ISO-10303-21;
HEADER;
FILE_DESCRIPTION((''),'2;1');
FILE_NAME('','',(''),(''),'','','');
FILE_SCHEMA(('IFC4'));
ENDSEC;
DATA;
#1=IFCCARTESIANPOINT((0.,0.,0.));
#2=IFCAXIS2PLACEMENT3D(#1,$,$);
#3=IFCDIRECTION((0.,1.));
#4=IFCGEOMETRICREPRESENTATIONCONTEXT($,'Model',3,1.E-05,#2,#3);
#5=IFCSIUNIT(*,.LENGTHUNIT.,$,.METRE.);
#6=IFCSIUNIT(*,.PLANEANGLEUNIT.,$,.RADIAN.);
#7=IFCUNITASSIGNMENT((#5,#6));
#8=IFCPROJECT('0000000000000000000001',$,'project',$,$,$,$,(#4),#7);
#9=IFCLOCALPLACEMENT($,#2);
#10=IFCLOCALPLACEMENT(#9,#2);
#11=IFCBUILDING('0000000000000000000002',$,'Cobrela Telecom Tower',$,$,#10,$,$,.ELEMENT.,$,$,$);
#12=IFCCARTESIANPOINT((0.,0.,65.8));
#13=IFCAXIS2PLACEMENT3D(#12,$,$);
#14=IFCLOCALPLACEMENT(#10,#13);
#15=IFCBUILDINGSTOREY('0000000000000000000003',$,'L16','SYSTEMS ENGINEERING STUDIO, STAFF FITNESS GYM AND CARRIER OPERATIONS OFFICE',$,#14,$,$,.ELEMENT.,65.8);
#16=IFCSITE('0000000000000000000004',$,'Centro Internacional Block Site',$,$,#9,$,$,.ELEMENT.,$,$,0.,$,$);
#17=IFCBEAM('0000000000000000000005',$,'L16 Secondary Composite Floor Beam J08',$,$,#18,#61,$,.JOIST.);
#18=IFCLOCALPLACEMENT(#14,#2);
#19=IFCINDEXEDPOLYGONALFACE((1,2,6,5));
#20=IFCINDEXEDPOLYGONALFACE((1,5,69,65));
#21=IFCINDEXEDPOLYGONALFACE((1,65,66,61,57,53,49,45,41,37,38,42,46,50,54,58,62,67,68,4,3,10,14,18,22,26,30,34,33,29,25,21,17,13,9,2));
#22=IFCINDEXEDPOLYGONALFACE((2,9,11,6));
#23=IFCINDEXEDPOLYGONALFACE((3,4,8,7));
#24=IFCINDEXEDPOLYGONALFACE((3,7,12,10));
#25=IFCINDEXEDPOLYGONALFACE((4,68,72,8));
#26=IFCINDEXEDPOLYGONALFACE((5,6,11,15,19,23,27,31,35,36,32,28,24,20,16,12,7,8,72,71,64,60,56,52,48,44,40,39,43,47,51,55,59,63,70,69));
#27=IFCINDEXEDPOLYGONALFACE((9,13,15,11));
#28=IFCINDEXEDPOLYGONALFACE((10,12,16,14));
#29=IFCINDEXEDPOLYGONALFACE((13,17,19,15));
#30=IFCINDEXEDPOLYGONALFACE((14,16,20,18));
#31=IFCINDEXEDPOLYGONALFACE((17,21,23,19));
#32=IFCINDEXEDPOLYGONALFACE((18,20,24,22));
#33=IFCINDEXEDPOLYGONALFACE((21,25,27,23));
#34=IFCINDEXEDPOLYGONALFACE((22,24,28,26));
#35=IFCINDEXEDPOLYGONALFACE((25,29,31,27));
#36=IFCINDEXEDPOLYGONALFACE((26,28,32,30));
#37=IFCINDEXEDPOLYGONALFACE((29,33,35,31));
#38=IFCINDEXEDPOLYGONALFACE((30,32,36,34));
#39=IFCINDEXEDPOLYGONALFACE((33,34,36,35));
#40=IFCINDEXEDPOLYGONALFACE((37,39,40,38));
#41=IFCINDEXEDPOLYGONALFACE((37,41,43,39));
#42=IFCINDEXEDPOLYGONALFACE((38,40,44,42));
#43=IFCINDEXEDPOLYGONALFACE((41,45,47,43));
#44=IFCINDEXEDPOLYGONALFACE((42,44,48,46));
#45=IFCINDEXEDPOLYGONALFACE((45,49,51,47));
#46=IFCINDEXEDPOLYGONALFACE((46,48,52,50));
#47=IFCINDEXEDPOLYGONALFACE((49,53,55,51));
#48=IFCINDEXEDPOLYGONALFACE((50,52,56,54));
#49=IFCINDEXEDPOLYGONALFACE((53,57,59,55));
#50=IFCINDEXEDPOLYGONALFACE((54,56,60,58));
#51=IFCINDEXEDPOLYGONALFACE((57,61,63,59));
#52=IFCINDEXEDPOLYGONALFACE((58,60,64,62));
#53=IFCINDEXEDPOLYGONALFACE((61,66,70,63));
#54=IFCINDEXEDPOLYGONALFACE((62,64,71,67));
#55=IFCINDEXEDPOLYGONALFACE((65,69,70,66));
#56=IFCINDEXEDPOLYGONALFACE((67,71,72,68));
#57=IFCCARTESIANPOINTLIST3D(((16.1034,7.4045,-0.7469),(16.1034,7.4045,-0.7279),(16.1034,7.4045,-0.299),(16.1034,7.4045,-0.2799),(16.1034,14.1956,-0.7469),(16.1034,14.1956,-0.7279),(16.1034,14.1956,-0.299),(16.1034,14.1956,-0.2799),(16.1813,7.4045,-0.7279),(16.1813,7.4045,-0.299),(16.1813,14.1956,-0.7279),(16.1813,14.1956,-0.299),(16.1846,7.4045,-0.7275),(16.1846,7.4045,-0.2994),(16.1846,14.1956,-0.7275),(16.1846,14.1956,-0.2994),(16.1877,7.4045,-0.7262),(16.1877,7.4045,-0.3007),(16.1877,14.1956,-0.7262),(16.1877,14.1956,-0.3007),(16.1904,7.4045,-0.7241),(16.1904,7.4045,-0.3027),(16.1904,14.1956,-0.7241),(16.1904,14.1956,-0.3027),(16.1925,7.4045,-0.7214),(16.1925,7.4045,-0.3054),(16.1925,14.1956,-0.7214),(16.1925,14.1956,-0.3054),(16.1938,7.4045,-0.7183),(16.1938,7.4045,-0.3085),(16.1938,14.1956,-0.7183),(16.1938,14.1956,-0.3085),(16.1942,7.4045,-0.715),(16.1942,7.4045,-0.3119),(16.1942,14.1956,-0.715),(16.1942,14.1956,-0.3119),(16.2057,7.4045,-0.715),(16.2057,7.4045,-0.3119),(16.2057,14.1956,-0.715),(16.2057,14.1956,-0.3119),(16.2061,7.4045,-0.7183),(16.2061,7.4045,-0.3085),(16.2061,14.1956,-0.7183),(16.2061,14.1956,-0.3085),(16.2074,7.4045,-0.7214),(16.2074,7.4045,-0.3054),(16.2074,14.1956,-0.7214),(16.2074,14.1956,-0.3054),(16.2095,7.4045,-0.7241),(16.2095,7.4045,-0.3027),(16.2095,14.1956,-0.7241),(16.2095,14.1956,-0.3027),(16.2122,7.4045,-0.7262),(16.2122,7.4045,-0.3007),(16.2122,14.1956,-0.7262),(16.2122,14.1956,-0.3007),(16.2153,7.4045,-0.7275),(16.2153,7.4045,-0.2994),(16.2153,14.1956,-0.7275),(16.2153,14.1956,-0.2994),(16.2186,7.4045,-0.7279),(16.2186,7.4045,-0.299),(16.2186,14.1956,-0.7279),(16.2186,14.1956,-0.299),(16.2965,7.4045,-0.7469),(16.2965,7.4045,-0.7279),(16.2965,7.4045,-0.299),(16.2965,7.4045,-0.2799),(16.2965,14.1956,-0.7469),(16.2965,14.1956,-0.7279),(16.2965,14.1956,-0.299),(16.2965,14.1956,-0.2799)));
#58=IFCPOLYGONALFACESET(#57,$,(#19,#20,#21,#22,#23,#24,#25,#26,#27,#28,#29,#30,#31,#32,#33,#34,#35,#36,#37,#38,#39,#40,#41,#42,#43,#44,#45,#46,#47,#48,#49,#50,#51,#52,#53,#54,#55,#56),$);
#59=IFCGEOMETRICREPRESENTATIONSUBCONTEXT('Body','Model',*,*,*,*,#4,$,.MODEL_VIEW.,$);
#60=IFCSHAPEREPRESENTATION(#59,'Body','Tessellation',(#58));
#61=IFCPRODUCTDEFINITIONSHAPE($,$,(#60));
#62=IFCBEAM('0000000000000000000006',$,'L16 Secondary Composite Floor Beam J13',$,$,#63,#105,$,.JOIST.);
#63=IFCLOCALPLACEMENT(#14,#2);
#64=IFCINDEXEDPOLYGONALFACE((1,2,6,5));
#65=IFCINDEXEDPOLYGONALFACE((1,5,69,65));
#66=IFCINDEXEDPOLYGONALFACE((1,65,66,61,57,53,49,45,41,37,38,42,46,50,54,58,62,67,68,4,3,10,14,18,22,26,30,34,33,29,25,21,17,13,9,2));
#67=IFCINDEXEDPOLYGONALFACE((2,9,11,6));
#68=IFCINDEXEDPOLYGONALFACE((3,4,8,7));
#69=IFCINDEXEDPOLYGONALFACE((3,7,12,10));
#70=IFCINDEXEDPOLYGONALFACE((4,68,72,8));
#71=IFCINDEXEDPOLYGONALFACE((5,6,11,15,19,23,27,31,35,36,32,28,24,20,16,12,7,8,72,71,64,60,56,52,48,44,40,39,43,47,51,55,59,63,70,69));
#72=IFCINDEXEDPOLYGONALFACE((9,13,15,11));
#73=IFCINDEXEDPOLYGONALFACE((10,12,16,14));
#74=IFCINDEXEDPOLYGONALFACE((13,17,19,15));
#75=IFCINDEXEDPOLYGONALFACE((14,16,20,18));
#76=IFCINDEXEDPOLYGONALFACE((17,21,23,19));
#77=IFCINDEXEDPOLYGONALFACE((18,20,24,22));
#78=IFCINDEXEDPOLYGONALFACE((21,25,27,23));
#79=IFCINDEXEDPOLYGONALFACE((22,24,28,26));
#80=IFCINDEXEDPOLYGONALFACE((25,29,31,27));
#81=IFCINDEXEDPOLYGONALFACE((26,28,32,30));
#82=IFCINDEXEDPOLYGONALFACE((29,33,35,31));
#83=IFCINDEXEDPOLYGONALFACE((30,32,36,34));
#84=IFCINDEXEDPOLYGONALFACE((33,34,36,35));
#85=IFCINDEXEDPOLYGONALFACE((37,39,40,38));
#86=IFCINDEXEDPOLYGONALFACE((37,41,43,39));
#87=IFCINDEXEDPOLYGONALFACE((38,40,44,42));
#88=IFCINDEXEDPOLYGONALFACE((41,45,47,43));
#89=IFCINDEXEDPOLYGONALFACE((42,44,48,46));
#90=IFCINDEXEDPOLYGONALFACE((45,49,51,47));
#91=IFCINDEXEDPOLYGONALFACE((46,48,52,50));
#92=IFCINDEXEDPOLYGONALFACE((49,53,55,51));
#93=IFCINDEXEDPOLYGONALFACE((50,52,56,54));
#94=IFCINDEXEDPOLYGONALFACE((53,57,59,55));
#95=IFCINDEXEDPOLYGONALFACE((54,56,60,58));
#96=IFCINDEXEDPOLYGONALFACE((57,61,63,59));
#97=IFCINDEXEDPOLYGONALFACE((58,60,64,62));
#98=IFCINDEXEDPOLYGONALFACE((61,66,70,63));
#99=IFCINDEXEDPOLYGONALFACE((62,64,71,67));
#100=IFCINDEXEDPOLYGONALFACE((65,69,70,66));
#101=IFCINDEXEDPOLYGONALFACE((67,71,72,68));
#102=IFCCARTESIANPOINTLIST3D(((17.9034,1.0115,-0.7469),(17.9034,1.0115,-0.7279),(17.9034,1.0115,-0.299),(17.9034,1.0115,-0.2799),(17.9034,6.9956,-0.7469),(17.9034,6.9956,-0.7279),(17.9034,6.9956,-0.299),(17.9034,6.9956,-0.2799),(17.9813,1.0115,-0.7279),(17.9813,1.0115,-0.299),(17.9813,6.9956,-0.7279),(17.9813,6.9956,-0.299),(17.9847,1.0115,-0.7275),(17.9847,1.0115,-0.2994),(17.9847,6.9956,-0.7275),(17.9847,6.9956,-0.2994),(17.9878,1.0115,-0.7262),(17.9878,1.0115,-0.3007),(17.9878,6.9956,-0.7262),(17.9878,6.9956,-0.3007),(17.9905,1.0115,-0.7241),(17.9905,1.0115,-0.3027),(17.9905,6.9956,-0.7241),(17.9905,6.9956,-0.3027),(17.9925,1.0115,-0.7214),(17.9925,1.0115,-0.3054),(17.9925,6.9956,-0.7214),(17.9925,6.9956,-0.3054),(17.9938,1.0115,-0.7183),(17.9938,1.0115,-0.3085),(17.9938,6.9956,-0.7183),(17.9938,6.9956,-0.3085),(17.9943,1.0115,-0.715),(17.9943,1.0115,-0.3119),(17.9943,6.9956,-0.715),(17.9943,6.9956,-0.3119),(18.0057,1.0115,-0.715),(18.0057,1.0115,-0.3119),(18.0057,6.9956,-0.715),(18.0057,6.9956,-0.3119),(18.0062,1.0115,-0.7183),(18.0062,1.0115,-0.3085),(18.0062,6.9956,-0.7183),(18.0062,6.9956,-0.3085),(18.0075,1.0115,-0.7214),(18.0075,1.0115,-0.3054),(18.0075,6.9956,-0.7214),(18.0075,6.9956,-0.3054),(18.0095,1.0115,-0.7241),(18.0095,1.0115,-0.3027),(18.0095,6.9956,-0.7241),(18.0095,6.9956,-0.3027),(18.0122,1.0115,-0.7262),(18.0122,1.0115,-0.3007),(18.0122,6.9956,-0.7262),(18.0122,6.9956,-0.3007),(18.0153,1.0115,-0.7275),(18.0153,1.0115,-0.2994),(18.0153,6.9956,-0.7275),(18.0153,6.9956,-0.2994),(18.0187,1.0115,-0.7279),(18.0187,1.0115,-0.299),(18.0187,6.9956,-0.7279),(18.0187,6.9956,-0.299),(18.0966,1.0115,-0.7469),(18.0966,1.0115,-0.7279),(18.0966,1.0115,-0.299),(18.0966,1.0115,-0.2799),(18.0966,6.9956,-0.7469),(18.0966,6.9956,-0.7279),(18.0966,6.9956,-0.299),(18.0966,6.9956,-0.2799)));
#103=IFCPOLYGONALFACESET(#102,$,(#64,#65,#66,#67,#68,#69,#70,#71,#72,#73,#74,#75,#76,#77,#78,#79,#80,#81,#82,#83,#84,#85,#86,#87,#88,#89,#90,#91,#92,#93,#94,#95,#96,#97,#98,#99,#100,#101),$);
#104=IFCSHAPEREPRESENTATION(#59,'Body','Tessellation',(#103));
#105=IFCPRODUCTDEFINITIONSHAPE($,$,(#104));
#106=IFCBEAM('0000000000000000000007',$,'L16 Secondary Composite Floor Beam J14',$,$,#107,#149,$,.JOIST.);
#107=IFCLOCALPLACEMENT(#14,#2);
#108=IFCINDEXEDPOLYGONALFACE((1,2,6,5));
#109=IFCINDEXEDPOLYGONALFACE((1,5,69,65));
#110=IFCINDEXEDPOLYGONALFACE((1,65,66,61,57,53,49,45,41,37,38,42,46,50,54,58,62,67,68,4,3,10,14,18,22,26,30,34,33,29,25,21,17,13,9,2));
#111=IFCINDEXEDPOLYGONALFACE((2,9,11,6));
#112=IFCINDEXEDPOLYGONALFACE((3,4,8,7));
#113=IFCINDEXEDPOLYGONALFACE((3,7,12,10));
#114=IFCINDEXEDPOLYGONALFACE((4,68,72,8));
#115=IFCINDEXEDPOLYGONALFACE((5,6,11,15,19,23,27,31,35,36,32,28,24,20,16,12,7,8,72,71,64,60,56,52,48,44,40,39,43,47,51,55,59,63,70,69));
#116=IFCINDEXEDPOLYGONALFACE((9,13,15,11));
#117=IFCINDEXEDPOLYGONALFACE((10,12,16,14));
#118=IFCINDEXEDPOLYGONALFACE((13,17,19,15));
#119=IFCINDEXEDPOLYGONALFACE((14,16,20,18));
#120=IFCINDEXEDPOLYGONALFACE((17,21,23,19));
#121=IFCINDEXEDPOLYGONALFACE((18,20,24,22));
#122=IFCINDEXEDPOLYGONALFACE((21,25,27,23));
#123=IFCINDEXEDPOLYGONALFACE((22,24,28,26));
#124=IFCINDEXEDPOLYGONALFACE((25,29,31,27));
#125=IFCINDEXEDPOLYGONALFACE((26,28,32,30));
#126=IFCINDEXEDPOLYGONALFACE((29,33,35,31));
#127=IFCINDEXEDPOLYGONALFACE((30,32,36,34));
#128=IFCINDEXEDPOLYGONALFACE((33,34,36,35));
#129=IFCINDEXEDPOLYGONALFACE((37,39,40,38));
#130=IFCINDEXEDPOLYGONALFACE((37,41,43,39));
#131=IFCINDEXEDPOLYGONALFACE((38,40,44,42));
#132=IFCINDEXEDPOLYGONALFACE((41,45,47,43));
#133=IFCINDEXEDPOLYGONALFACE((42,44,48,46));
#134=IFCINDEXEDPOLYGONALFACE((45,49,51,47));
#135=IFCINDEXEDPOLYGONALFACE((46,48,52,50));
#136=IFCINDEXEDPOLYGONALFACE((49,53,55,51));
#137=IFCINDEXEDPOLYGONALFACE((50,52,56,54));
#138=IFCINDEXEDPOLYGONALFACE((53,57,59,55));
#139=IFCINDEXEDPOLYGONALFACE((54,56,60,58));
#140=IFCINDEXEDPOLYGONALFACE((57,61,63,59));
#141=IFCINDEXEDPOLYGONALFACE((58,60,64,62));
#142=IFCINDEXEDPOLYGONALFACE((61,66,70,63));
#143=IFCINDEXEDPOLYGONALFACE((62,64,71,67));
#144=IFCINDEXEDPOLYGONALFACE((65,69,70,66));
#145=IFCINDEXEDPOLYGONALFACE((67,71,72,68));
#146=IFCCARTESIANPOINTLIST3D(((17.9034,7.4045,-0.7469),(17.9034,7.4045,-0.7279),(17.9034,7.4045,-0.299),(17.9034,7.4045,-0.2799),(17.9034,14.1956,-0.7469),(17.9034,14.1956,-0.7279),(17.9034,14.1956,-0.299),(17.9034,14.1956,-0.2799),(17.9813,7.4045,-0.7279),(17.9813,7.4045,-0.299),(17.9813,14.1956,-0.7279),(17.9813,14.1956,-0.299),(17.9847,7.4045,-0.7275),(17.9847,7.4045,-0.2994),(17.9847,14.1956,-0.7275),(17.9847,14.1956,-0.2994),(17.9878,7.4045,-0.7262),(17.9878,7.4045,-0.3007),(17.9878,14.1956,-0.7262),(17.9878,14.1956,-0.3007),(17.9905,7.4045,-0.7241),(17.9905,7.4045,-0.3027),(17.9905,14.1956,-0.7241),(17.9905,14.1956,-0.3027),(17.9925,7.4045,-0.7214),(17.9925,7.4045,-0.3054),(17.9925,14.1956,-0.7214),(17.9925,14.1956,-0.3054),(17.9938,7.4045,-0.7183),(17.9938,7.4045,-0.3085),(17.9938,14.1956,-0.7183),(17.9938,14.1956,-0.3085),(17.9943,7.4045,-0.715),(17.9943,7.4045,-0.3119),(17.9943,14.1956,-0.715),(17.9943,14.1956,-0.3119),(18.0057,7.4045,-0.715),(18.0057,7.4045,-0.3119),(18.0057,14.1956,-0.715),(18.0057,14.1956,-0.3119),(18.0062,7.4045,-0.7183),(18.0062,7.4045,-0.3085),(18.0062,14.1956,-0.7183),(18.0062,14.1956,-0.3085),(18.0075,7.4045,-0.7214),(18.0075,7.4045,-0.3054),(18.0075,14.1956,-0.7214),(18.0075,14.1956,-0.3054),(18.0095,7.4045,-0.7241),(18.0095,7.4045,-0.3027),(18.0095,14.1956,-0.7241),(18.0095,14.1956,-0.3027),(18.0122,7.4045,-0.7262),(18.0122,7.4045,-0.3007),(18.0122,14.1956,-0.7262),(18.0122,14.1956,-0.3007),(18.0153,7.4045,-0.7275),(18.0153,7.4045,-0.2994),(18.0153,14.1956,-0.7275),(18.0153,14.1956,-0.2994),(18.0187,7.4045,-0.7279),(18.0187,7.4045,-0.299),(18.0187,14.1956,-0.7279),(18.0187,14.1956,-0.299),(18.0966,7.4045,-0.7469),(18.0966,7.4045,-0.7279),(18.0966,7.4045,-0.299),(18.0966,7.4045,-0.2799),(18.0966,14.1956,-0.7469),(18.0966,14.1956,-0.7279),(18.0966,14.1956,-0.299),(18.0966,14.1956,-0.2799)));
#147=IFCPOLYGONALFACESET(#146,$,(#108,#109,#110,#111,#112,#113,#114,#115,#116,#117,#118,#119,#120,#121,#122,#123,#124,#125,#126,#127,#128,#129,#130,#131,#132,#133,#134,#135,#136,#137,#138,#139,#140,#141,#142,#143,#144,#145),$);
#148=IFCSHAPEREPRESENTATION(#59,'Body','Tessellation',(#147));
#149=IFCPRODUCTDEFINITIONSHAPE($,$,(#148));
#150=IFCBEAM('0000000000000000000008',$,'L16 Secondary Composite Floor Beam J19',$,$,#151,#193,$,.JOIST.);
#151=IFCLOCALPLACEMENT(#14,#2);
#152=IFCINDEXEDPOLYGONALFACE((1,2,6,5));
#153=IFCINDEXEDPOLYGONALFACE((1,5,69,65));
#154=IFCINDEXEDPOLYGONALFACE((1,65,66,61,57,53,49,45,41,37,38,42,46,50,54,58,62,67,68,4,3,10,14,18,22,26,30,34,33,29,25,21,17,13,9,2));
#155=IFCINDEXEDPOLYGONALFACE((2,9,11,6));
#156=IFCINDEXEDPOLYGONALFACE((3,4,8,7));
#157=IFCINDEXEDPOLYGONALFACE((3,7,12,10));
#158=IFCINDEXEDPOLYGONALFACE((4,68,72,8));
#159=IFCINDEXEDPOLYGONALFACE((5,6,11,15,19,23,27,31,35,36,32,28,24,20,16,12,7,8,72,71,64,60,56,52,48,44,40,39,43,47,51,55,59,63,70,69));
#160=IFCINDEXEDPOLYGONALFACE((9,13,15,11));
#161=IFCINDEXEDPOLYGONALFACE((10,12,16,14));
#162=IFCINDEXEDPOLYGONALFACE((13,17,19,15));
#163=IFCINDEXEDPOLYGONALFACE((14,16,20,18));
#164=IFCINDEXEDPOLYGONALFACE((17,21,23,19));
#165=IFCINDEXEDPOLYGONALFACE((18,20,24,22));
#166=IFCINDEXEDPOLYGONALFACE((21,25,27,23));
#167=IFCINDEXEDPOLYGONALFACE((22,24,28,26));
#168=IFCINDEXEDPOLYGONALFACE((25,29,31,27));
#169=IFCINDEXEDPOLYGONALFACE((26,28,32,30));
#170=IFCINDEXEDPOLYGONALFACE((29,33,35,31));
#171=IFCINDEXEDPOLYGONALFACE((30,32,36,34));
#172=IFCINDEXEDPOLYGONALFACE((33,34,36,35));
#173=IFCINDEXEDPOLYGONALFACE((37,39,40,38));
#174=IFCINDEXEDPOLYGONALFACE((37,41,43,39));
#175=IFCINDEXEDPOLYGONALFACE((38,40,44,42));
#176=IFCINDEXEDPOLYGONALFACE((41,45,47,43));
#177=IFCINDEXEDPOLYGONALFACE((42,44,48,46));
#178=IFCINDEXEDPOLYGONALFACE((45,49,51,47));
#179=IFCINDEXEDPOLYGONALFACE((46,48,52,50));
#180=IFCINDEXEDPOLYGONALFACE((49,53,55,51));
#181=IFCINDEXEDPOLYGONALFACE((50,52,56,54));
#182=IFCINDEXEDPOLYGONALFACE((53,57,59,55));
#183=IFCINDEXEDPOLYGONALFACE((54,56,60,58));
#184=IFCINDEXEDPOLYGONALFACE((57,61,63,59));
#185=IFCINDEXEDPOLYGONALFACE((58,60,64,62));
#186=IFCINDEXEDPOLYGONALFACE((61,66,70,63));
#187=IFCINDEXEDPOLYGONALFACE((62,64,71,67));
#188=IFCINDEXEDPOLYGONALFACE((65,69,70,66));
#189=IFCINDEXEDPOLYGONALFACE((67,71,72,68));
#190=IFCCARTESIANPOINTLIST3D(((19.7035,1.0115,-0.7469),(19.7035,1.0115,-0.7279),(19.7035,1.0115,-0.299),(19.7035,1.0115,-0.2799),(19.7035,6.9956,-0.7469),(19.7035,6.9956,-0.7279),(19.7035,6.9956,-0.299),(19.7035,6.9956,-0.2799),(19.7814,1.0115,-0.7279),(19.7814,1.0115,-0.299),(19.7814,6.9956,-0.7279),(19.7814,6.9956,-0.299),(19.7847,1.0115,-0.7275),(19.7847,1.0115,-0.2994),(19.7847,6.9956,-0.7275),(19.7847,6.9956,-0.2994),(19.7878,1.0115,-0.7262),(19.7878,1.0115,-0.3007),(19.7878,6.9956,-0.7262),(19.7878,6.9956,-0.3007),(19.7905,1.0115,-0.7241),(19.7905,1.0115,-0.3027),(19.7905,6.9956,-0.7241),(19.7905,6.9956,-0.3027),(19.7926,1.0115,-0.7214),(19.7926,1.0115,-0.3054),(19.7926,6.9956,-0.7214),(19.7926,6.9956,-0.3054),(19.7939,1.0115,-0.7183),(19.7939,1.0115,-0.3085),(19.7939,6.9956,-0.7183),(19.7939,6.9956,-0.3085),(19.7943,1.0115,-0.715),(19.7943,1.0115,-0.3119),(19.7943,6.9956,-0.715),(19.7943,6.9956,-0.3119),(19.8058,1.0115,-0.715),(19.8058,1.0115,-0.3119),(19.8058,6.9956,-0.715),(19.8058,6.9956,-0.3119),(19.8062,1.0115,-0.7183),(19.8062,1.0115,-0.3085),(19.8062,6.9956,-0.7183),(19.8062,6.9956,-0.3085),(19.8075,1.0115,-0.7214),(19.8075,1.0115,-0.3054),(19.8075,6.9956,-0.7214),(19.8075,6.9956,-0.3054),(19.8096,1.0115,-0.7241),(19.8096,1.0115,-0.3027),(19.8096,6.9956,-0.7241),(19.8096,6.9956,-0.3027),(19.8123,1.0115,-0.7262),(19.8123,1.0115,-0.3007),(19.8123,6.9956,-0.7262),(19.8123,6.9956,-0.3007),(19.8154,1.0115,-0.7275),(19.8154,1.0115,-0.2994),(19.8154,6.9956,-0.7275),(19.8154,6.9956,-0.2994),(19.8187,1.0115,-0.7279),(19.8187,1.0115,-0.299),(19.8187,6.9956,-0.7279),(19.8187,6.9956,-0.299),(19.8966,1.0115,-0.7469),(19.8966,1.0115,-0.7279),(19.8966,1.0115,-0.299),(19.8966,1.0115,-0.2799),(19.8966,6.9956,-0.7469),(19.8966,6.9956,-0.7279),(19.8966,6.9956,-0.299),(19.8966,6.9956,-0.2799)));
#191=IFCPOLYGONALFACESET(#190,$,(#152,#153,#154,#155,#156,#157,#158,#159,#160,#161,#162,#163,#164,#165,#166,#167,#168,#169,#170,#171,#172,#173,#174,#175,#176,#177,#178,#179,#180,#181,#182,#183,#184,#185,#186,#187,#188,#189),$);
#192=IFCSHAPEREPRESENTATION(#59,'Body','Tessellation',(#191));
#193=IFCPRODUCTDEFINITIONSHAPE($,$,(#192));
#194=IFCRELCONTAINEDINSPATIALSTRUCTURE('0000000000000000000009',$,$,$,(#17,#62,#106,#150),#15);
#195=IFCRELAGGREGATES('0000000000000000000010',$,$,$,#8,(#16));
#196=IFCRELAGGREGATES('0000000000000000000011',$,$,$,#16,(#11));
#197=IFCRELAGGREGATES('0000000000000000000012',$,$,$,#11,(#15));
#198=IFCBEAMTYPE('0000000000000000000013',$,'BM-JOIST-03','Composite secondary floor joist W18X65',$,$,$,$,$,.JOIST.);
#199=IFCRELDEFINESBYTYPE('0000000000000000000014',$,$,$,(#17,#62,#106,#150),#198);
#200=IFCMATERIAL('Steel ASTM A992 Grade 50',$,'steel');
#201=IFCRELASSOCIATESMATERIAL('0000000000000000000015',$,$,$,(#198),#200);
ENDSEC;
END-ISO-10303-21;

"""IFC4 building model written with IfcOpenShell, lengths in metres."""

from ifc_helpers import new_model, si_unit, direction, frame, origin, origin_2d, place, context, subcontext, project, spatial, i_section, extrude, material, material_profile, profile_set, type_object, element, save


model = new_model("IFC4")

# Units and contexts
model_context = context("Model", 3, precision=1e-05, world=origin(), true_north=direction((0.0, 1.0)))
body_context = subcontext(model_context, "Body", "Model", "MODEL_VIEW")
ifc_project = project(units=[si_unit("LENGTHUNIT", "METRE"), si_unit("PLANEANGLEUNIT", "RADIAN")], contexts=[model_context])

# Site, building, storey
site_placement = place(None, origin())
site = spatial("IfcSite", under=ifc_project, at=site_placement, Name="Centro Internacional Block Site", CompositionType="ELEMENT", RefElevation=0.0)
building_placement = place(site_placement, origin())
building = spatial("IfcBuilding", under=site, at=building_placement, Name="Cobrela Telecom Tower", CompositionType="ELEMENT")
storey_placement = place(building_placement, frame((0.0, 0.0, 65.8)))
storey = spatial("IfcBuildingStorey", under=building, at=storey_placement, Name="L16", Description="SYSTEMS ENGINEERING STUDIO, STAFF FITNESS GYM AND CARRIER OPERATIONS OFFICE", CompositionType="ELEMENT", Elevation=65.8)

# Beams
ifc_material_1 = material(Name="Steel ASTM A992 Grade 50", Category="steel")
ifc_material_profile_1 = material_profile(ifc_material_1, i_section(OverallWidth=0.1931, OverallDepth=0.467, WebThickness=0.0115, FlangeThickness=0.019, FilletRadius=0.0129, at=origin_2d()), Name="W18X65")
ifc_profile_set_1 = profile_set([ifc_material_profile_1], Name="Steel ASTM A992 Grade 50")
beam_type_1 = type_object("IfcBeamType", Name="BM-JOIST-03", Description="Composite secondary floor joist W18X65", PredefinedType="JOIST", material=ifc_profile_set_1)
beam_1_placement = place(storey_placement, frame((16.2, 7.4045, -0.5134), z_axis=(0.0, 1.0, 0.0), x_axis=(-1.0, 0.0, 0.0)))
element("IfcBeam", 1, at=beam_1_placement, inside=storey, type_object=beam_type_1, Name="L16 Secondary Composite Floor Beam J08", PredefinedType="JOIST", context=body_context, shape_type="SweptSolid", body=[
    extrude(i_section(OverallWidth=0.1931, OverallDepth=0.467, WebThickness=0.0115, FlangeThickness=0.019, FilletRadius=0.0129, at=origin_2d()), origin(), (0.0, 0.0, 1.0), 6.791),
])
beam_2_placement = place(storey_placement, frame((18.0, 1.0115, -0.5134), z_axis=(0.0, 1.0, 0.0), x_axis=(-1.0, 0.0, 0.0)))
element("IfcBeam", 2, at=beam_2_placement, inside=storey, type_object=beam_type_1, Name="L16 Secondary Composite Floor Beam J13", PredefinedType="JOIST", context=body_context, shape_type="SweptSolid", body=[
    extrude(i_section(OverallWidth=0.1931, OverallDepth=0.467, WebThickness=0.0115, FlangeThickness=0.019, FilletRadius=0.0129, at=origin_2d()), origin(), (0.0, 0.0, 1.0), 5.9841),
])
beam_3_placement = place(storey_placement, frame((18.0, 7.4045, -0.5134), z_axis=(0.0, 1.0, 0.0), x_axis=(-1.0, 0.0, 0.0)))
element("IfcBeam", 3, at=beam_3_placement, inside=storey, type_object=beam_type_1, Name="L16 Secondary Composite Floor Beam J14", PredefinedType="JOIST", context=body_context, shape_type="SweptSolid", body=[
    extrude(i_section(OverallWidth=0.1931, OverallDepth=0.467, WebThickness=0.0115, FlangeThickness=0.019, FilletRadius=0.0129, at=origin_2d()), origin(), (0.0, 0.0, 1.0), 6.791),
])
beam_4_placement = place(storey_placement, frame((19.8, 1.0115, -0.5134), z_axis=(0.0, 1.0, 0.0), x_axis=(-1.0, 0.0, 0.0)))
element("IfcBeam", 4, at=beam_4_placement, inside=storey, type_object=beam_type_1, Name="L16 Secondary Composite Floor Beam J19", PredefinedType="JOIST", context=body_context, shape_type="SweptSolid", body=[
    extrude(i_section(OverallWidth=0.1931, OverallDepth=0.467, WebThickness=0.0115, FlangeThickness=0.019, FilletRadius=0.0129, at=origin_2d()), origin(), (0.0, 0.0, 1.0), 5.9841),
])

save(model, "model.ifc")
